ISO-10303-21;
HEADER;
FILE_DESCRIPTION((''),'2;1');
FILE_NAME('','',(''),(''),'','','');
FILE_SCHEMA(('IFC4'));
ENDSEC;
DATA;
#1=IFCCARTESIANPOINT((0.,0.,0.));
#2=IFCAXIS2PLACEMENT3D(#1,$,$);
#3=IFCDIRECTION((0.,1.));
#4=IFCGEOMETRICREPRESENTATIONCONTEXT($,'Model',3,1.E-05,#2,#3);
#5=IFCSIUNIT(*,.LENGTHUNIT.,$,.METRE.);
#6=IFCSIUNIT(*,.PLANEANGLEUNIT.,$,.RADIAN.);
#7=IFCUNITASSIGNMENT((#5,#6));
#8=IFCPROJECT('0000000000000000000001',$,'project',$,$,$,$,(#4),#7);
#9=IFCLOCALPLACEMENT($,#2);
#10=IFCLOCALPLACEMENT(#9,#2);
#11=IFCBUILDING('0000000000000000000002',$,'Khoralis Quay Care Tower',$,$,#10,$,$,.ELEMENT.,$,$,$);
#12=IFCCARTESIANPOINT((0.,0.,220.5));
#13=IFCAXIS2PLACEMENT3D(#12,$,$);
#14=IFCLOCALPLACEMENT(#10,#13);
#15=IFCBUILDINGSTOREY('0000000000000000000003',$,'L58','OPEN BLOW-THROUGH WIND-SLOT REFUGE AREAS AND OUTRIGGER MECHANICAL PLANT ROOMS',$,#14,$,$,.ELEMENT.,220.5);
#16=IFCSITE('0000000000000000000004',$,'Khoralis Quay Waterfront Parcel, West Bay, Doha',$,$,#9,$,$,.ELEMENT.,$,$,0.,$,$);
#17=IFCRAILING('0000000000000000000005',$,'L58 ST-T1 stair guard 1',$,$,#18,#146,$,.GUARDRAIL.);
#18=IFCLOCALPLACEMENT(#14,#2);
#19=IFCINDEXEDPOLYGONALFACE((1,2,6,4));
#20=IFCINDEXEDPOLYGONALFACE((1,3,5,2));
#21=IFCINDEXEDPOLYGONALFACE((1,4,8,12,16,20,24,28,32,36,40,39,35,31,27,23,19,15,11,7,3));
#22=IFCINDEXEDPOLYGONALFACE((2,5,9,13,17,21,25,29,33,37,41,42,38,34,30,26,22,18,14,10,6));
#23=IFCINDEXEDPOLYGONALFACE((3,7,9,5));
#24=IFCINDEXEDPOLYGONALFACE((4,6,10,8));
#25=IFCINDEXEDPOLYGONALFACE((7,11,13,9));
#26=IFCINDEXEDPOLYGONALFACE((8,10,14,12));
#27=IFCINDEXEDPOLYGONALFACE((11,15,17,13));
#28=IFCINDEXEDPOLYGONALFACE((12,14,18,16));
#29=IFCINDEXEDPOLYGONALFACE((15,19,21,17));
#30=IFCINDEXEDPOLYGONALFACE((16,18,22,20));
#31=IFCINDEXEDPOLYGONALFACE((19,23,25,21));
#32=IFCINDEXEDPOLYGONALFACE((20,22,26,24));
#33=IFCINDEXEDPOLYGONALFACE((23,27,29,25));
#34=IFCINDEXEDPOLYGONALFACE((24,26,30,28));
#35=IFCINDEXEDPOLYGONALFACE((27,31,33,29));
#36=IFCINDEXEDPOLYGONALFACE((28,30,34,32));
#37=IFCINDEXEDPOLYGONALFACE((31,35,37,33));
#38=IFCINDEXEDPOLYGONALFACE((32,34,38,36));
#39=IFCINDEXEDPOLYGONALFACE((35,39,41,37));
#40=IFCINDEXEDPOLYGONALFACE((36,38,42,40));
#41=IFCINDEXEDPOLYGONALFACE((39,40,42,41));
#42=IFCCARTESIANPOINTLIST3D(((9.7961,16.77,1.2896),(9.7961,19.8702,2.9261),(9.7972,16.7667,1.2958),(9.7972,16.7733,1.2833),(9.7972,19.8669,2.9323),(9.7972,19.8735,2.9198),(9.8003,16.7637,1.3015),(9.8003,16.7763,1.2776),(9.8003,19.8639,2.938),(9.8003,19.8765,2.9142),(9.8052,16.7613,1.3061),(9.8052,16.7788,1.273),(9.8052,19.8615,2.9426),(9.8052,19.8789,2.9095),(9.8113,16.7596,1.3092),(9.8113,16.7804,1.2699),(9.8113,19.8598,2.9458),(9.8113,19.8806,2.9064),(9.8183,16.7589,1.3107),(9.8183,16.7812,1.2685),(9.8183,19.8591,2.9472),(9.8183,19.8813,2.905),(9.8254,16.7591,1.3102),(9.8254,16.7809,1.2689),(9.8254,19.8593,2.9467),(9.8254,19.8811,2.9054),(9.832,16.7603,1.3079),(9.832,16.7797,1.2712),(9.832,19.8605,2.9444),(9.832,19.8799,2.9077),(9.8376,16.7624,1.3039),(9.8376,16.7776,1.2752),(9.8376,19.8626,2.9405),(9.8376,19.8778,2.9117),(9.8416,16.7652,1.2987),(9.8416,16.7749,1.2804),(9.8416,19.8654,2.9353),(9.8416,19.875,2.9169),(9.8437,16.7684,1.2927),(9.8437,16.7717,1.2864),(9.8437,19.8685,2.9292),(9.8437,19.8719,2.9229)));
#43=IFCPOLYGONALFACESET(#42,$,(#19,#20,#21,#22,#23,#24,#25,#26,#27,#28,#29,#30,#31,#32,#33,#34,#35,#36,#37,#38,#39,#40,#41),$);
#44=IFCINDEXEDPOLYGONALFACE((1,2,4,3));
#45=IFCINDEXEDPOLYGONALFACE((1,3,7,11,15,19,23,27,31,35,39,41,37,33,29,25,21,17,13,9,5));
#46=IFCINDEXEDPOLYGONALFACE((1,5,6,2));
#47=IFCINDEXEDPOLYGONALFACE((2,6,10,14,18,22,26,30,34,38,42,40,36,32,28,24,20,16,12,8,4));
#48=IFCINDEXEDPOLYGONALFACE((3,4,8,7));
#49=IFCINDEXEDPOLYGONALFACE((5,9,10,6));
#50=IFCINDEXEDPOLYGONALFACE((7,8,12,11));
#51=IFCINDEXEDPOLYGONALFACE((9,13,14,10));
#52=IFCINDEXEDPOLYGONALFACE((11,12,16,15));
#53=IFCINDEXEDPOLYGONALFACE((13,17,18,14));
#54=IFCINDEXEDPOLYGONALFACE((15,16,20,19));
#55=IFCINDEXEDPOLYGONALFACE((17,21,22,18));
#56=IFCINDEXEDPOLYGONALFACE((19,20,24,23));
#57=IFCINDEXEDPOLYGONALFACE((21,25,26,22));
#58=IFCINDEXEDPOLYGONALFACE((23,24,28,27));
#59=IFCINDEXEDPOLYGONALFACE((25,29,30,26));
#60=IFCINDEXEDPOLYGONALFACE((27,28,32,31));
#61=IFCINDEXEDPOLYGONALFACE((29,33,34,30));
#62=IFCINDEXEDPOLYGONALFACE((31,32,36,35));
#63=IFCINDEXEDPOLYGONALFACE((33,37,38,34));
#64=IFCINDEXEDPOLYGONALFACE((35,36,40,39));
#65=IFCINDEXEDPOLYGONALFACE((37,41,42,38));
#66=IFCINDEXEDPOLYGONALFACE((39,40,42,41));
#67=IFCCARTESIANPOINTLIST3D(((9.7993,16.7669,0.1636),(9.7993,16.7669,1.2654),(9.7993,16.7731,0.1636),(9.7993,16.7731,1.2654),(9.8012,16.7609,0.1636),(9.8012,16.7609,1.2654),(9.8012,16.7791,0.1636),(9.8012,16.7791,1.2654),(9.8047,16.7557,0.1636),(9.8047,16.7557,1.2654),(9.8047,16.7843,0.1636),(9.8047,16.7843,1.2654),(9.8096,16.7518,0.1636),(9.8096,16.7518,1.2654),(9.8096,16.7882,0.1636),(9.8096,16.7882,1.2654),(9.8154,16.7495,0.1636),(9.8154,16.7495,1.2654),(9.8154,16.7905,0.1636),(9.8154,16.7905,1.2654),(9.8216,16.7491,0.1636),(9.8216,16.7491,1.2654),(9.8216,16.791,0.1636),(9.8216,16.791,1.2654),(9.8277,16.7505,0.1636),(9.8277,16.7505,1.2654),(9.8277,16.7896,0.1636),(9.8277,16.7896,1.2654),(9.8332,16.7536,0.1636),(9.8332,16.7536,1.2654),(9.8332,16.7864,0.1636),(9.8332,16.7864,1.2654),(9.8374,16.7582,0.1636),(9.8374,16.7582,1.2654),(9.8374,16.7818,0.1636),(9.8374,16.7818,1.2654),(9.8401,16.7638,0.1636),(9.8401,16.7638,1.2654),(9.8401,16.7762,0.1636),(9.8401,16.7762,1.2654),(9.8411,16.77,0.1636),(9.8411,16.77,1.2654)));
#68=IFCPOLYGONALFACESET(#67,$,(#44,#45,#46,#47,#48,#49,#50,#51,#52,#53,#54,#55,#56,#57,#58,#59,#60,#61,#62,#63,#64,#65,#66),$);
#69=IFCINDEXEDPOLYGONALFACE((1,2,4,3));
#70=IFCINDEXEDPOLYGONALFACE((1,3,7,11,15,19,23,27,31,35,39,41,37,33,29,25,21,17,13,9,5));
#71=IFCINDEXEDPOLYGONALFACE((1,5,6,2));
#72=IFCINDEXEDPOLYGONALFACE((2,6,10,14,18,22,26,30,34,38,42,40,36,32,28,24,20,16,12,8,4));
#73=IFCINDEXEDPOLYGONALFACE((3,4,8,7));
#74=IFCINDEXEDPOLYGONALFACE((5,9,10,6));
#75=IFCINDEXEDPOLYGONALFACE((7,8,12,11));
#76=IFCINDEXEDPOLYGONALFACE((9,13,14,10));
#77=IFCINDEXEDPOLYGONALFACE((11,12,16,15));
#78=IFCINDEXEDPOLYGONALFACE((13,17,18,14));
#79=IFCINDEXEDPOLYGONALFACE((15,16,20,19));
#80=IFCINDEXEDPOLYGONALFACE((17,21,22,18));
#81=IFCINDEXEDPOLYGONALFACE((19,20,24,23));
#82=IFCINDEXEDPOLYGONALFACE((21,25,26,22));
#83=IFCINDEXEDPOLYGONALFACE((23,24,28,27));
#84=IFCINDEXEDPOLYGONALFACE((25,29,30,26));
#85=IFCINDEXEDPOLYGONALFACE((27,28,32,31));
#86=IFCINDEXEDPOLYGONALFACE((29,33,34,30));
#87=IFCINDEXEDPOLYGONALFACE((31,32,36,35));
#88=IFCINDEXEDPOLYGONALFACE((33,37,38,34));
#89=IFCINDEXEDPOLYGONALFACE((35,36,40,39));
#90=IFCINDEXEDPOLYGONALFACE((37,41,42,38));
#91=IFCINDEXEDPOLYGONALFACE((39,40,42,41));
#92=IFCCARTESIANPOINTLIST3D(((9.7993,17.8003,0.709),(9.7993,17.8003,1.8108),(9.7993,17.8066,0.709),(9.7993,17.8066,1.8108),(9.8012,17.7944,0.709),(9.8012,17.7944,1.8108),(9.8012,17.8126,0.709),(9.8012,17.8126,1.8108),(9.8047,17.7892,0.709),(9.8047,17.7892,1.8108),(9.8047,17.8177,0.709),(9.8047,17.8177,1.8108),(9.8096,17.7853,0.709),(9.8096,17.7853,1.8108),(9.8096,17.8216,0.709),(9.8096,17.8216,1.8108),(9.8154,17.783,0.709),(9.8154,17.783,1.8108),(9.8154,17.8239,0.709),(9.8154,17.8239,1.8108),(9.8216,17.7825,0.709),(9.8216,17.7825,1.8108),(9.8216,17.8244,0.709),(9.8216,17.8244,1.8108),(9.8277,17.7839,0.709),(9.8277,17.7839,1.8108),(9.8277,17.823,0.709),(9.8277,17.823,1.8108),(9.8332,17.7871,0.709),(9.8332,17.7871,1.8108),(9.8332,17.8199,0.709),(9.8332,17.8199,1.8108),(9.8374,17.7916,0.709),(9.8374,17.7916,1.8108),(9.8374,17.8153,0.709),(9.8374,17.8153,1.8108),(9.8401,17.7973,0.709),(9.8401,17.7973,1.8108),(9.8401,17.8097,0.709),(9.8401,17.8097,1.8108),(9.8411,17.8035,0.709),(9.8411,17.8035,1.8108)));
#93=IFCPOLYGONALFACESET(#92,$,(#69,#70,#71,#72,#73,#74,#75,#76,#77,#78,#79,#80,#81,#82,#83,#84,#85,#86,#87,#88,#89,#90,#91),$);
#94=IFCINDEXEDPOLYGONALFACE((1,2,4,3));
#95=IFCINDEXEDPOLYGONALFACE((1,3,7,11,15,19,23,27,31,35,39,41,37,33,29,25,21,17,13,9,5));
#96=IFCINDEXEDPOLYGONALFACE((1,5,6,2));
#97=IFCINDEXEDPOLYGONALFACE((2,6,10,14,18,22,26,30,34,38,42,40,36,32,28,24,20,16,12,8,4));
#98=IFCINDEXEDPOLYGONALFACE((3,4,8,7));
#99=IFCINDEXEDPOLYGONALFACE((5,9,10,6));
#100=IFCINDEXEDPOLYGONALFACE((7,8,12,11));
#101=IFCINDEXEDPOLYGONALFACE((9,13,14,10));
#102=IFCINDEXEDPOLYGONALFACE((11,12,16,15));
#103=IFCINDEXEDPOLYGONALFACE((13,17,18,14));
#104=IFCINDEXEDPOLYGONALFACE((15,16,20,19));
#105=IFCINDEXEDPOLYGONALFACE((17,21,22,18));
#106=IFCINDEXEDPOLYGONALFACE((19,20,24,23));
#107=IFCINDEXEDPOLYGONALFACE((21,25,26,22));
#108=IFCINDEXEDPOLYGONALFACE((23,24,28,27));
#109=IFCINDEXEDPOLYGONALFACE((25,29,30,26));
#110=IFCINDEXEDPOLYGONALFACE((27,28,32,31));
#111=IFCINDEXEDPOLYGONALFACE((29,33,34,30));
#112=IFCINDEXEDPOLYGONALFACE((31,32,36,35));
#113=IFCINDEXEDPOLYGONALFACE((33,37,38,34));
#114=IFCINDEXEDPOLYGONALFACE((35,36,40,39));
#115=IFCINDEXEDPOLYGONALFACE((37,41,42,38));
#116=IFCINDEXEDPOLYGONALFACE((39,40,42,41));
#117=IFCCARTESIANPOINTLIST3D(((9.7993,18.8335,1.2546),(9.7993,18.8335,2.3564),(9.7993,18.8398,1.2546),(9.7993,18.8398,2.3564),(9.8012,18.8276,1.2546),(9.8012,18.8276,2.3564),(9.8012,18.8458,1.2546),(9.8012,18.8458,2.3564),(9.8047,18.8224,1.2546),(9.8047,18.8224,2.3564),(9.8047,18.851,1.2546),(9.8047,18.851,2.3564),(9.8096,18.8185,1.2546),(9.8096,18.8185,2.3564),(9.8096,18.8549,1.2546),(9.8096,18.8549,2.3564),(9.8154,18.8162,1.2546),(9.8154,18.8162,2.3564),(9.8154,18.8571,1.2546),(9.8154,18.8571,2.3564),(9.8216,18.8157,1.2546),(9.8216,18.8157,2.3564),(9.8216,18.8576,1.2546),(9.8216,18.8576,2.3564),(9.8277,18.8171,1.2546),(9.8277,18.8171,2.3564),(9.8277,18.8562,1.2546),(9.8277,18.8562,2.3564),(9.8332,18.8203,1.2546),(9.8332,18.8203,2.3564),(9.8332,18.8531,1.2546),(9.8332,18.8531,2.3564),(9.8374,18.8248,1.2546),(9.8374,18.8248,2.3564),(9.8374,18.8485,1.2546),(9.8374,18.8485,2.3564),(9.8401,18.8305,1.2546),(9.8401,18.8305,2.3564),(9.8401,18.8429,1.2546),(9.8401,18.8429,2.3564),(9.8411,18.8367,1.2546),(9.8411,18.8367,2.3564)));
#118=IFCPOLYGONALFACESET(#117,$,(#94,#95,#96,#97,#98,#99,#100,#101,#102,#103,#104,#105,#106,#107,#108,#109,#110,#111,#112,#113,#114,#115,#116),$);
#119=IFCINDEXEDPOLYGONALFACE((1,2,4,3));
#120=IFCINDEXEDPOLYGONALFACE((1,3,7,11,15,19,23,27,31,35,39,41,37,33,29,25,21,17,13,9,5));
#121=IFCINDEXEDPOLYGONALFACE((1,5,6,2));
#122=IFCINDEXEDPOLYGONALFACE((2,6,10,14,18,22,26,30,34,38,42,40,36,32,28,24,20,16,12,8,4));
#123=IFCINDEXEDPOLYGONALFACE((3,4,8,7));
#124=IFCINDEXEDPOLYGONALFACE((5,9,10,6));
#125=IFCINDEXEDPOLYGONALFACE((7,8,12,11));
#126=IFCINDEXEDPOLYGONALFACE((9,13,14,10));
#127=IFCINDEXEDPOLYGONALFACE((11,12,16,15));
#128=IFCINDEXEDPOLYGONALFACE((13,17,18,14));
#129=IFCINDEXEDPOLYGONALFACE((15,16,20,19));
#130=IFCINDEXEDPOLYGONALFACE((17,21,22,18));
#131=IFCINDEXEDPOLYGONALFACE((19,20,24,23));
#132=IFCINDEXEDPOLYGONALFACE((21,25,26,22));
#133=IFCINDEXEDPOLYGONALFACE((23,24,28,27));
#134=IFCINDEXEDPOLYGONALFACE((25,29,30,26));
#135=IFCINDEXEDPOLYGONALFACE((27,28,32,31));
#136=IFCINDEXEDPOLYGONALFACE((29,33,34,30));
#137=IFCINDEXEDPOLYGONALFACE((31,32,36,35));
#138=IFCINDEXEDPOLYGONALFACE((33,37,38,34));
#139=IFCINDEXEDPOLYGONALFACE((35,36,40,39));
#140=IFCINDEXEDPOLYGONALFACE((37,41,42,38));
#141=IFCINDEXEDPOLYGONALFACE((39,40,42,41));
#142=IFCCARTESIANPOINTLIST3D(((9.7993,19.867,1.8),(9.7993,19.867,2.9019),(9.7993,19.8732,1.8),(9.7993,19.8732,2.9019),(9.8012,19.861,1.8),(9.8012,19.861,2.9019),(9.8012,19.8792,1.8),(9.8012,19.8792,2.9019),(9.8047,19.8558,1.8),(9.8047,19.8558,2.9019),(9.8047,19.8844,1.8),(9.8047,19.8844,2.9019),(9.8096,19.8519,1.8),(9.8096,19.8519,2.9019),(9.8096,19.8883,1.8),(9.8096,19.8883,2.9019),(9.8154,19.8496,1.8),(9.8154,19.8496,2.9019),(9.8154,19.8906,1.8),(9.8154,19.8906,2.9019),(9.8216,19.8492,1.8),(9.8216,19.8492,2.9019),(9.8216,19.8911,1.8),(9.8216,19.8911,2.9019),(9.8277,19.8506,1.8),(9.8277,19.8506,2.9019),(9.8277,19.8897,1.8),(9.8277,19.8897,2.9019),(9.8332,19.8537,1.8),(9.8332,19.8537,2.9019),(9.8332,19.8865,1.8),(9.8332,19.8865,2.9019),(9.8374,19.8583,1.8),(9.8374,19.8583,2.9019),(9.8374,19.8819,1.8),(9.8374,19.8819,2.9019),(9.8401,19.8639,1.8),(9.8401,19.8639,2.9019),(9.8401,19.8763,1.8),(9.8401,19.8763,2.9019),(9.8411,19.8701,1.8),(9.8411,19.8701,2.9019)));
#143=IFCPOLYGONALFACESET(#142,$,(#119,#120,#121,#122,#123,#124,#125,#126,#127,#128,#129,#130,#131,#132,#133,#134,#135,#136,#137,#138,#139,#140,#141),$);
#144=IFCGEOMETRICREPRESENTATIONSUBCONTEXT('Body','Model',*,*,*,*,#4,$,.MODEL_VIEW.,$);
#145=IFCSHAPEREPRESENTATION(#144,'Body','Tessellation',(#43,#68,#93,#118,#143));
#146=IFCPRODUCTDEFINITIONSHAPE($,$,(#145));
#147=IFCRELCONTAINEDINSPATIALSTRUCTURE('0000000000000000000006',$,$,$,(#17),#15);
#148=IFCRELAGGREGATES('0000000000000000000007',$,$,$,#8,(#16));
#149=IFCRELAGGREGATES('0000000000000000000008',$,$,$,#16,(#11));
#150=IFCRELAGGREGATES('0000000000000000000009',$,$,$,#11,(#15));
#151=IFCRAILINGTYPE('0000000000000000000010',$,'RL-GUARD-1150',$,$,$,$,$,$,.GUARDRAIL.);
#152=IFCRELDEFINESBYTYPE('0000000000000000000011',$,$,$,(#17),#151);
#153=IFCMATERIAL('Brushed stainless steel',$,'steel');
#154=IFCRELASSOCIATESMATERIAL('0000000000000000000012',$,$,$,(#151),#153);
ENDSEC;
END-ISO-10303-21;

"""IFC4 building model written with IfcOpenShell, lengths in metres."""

from ifc_helpers import new_model, si_unit, direction, frame, origin, origin_2d, place, context, subcontext, project, spatial, circle, extrude, material, type_object, element, save


model = new_model("IFC4")

# Units and contexts
model_context = context("Model", 3, precision=1e-05, world=origin(), true_north=direction((0.0, 1.0)))
body_context = subcontext(model_context, "Body", "Model", "MODEL_VIEW")
ifc_project = project(units=[si_unit("LENGTHUNIT", "METRE"), si_unit("PLANEANGLEUNIT", "RADIAN")], contexts=[model_context])

# Site, building, storey
site_placement = place(None, origin())
site = spatial("IfcSite", under=ifc_project, at=site_placement, Name="Khoralis Quay Waterfront Parcel, West Bay, Doha", CompositionType="ELEMENT", RefElevation=0.0)
building_placement = place(site_placement, origin())
building = spatial("IfcBuilding", under=site, at=building_placement, Name="Khoralis Quay Care Tower", CompositionType="ELEMENT")
storey_placement = place(building_placement, frame((0.0, 0.0, 220.5)))
storey = spatial("IfcBuildingStorey", under=building, at=storey_placement, Name="L58", Description="OPEN BLOW-THROUGH WIND-SLOT REFUGE AREAS AND OUTRIGGER MECHANICAL PLANT ROOMS", CompositionType="ELEMENT", Elevation=220.5)

# Shared definitions
ifc_material_1 = material(Name="Brushed stainless steel", Category="steel")

# Railing
railing_type_1 = type_object("IfcRailingType", Name="RL-GUARD-1150", PredefinedType="GUARDRAIL", material=ifc_material_1)
railing_1_placement = place(storey_placement, frame((9.8201, 16.77, 0.1636)))
element("IfcRailing", 1, at=railing_1_placement, inside=storey, type_object=railing_type_1, Name="L58 ST-T1 stair guard 1", PredefinedType="GUARDRAIL", context=body_context, shape_type="SweptSolid", body=[
    extrude(circle(Radius=0.0239, at=origin_2d()), frame((0.0, 0.0, 1.126), z_axis=(0.0, 0.884348, 0.466828), x_axis=(-1.0, 0.0, 0.0)), (0.0, 0.0, 1.0), 3.5056),
    extrude(circle(Radius=0.021, at=origin_2d()), origin(), (0.0, 0.0, 1.0), 1.1018),
    extrude(circle(Radius=0.021, at=origin_2d()), frame((0.0, 1.0334, 0.5454)), (0.0, 0.0, 1.0), 1.1018),
    extrude(circle(Radius=0.021, at=origin_2d()), frame((0.0, 2.0667, 1.0911)), (0.0, 0.0, 1.0), 1.1018),
    extrude(circle(Radius=0.021, at=origin_2d()), frame((0.0, 3.1001, 1.6365)), (0.0, 0.0, 1.0), 1.1018),
])

save(model, "model.ifc")
